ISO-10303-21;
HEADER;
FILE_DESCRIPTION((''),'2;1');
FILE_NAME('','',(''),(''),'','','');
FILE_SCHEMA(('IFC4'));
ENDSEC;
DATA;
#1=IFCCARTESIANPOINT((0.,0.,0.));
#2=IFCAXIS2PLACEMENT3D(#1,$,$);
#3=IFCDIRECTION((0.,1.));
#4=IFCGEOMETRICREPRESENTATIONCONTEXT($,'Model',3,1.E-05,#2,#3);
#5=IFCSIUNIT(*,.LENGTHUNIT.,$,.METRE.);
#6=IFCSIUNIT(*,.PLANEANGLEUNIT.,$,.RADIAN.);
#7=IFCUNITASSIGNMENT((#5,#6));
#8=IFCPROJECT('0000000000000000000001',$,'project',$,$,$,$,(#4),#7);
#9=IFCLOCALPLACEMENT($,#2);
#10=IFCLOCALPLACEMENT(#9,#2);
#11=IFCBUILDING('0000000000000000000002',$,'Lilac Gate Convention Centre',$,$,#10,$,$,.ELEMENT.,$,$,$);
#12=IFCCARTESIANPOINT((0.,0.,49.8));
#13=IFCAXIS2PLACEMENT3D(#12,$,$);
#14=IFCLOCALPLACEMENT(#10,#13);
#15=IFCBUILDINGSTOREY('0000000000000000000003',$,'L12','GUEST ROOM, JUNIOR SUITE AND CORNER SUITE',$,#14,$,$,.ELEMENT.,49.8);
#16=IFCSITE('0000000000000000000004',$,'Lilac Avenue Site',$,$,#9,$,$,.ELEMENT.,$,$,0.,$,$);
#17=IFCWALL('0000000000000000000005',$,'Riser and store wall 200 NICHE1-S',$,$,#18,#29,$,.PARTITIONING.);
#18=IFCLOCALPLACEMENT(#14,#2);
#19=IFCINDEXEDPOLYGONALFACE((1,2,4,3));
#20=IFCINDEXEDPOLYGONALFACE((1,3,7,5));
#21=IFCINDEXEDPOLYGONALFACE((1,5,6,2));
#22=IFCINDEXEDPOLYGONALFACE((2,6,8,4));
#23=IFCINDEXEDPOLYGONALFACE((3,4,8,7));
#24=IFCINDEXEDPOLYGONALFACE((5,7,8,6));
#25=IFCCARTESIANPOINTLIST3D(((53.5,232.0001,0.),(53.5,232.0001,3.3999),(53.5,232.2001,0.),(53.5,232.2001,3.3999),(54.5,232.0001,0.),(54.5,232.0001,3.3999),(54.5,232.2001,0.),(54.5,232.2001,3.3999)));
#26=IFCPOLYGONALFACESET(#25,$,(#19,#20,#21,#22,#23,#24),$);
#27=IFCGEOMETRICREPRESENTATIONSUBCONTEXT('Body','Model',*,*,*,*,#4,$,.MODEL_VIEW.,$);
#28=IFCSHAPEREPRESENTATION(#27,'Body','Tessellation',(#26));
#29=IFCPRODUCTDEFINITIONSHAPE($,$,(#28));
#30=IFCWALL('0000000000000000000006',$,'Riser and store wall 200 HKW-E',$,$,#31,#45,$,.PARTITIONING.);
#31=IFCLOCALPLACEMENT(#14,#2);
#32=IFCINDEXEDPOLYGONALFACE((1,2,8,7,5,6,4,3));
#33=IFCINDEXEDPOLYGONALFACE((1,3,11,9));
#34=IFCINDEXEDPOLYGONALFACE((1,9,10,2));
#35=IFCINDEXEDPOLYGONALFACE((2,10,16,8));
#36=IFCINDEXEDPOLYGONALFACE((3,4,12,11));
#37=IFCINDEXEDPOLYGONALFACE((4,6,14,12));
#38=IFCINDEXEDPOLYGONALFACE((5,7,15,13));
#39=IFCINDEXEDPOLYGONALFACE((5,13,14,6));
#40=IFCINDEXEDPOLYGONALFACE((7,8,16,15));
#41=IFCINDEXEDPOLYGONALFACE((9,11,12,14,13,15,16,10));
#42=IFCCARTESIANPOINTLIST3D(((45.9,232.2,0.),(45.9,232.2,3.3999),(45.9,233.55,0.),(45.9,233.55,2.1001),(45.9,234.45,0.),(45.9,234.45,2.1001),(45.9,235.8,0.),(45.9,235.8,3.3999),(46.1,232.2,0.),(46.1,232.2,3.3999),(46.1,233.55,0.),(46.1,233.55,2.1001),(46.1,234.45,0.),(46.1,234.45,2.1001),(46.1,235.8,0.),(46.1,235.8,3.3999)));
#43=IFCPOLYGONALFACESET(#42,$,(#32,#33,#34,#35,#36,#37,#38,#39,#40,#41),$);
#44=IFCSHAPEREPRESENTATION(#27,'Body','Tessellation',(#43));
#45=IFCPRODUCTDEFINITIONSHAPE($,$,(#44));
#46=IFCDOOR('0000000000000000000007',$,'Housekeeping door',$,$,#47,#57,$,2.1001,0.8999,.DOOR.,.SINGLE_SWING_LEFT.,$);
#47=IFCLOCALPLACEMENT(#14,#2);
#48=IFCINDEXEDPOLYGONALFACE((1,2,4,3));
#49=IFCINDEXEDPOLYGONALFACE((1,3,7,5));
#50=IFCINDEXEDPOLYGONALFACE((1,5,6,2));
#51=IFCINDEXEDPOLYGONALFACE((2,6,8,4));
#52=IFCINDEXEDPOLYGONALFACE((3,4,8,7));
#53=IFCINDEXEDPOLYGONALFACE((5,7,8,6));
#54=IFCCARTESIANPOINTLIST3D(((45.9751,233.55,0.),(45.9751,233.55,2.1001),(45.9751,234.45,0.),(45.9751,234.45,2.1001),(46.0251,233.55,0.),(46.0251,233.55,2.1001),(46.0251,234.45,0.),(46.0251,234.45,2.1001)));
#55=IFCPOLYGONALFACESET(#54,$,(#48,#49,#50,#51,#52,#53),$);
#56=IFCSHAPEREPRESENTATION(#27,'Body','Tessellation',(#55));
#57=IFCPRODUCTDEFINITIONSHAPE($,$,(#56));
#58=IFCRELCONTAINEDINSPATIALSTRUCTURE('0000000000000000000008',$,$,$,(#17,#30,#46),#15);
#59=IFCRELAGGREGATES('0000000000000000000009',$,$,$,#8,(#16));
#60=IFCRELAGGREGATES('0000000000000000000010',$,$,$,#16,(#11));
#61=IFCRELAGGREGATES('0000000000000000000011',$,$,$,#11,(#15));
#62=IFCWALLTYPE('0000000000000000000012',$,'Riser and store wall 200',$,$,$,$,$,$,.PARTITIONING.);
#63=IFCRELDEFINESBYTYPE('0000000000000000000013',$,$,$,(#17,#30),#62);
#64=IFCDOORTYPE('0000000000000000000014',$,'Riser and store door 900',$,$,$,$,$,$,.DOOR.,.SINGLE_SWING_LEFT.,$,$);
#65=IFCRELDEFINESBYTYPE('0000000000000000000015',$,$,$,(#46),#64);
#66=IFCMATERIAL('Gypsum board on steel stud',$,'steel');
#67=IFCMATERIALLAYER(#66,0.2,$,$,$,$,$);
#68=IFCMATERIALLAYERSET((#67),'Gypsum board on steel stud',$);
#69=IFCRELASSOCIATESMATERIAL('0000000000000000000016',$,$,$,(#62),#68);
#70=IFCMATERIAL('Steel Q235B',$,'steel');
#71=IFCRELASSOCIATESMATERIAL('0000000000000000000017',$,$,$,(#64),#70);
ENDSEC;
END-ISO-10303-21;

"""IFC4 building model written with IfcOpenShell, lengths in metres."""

from ifc_helpers import new_model, si_unit, direction, frame, frame_2d, origin, place, context, subcontext, project, spatial, rectangle, extrude, material, layer, layer_set, type_object, element, fill, save


model = new_model("IFC4")

# Units and contexts
model_context = context("Model", 3, precision=1e-05, world=origin(), true_north=direction((0.0, 1.0)))
body_context = subcontext(model_context, "Body", "Model", "MODEL_VIEW")
ifc_project = project(units=[si_unit("LENGTHUNIT", "METRE"), si_unit("PLANEANGLEUNIT", "RADIAN")], contexts=[model_context])

# Site, building, storey
site_placement = place(None, origin())
site = spatial("IfcSite", under=ifc_project, at=site_placement, Name="Lilac Avenue Site", CompositionType="ELEMENT", RefElevation=0.0)
building_placement = place(site_placement, origin())
building = spatial("IfcBuilding", under=site, at=building_placement, Name="Lilac Gate Convention Centre", CompositionType="ELEMENT")
storey_placement = place(building_placement, frame((0.0, 0.0, 49.8)))
storey = spatial("IfcBuildingStorey", under=building, at=storey_placement, Name="L12", Description="GUEST ROOM, JUNIOR SUITE AND CORNER SUITE", CompositionType="ELEMENT", Elevation=49.8)

# Shared definitions
ifc_material_1 = material(Name="Gypsum board on steel stud", Category="steel")

# Wall
ifc_layer_1 = layer(ifc_material_1, 0.2)
ifc_layer_set_1 = layer_set([ifc_layer_1], Name="Gypsum board on steel stud")
wall_type_1 = type_object("IfcWallType", Name="Riser and store wall 200", PredefinedType="PARTITIONING", material=ifc_layer_set_1)
wall_1_placement = place(storey_placement, frame((53.5, 232.1001, 0.0), z_axis=(0.0, 0.0, 1.0), x_axis=(1.0, 0.0, 0.0)))
element("IfcWall", 1, at=wall_1_placement, inside=storey, type_object=wall_type_1, Name="Riser and store wall 200 NICHE1-S", PredefinedType="PARTITIONING", context=body_context, shape_type="SweptSolid", body=[
    extrude(rectangle(XDim=1.0, YDim=0.2, at=frame_2d((0.5, 0.0))), origin(), (0.0, 0.0, 1.0), 3.3999),
])

# Wall, opening, door
wall_2_placement = place(storey_placement, frame((46.0, 232.2, 0.0), z_axis=(0.0, 0.0, 1.0), x_axis=(0.0, 1.0, 0.0)))
wall_2 = element("IfcWall", 2, at=wall_2_placement, inside=storey, type_object=wall_type_1, Name="Riser and store wall 200 HKW-E", PredefinedType="PARTITIONING", context=body_context, shape_type="SweptSolid", body=[
    extrude(rectangle(XDim=3.6001, YDim=0.2, at=frame_2d((1.8, 0.0))), origin(), (0.0, 0.0, 1.0), 3.3999),
])
opening_1_placement = place(wall_2_placement, frame((1.3501, 0.0, 0.0)))
opening_1 = element("IfcOpeningElement", 3, at=opening_1_placement, cuts=wall_2, PredefinedType="OPENING", context=body_context, shape_type="SweptSolid", body=[
    extrude(rectangle(XDim=0.8999, YDim=2.1001, at=frame_2d((0.45, 1.05))), frame((0.0, 0.1099, 0.0), z_axis=(0.0, -1.0, 0.0), x_axis=(1.0, 0.0, 0.0)), (0.0, 0.0, 1.0), 0.22),
])
ifc_material_2 = material(Name="Steel Q235B", Category="steel")
door_type_1 = type_object("IfcDoorType", Name="Riser and store door 900", OperationType="SINGLE_SWING_LEFT", PredefinedType="DOOR", material=ifc_material_2)
door_1_placement = place(opening_1_placement, origin())
door_1 = element("IfcDoor", 4, at=door_1_placement, inside=storey, type_object=door_type_1, Name="Housekeeping door", OperationType="SINGLE_SWING_LEFT", OverallHeight=2.1001, OverallWidth=0.8999, PredefinedType="DOOR", context=body_context, shape_type="SweptSolid", body=[
    extrude(rectangle(XDim=0.8999, YDim=2.1001, at=frame_2d((0.45, 1.05))), frame((0.0, 0.0249, 0.0), z_axis=(0.0, -1.0, 0.0), x_axis=(1.0, 0.0, 0.0)), (0.0, 0.0, 1.0), 0.05),
])
fill(opening_1, door_1)

save(model, "model.ifc")
